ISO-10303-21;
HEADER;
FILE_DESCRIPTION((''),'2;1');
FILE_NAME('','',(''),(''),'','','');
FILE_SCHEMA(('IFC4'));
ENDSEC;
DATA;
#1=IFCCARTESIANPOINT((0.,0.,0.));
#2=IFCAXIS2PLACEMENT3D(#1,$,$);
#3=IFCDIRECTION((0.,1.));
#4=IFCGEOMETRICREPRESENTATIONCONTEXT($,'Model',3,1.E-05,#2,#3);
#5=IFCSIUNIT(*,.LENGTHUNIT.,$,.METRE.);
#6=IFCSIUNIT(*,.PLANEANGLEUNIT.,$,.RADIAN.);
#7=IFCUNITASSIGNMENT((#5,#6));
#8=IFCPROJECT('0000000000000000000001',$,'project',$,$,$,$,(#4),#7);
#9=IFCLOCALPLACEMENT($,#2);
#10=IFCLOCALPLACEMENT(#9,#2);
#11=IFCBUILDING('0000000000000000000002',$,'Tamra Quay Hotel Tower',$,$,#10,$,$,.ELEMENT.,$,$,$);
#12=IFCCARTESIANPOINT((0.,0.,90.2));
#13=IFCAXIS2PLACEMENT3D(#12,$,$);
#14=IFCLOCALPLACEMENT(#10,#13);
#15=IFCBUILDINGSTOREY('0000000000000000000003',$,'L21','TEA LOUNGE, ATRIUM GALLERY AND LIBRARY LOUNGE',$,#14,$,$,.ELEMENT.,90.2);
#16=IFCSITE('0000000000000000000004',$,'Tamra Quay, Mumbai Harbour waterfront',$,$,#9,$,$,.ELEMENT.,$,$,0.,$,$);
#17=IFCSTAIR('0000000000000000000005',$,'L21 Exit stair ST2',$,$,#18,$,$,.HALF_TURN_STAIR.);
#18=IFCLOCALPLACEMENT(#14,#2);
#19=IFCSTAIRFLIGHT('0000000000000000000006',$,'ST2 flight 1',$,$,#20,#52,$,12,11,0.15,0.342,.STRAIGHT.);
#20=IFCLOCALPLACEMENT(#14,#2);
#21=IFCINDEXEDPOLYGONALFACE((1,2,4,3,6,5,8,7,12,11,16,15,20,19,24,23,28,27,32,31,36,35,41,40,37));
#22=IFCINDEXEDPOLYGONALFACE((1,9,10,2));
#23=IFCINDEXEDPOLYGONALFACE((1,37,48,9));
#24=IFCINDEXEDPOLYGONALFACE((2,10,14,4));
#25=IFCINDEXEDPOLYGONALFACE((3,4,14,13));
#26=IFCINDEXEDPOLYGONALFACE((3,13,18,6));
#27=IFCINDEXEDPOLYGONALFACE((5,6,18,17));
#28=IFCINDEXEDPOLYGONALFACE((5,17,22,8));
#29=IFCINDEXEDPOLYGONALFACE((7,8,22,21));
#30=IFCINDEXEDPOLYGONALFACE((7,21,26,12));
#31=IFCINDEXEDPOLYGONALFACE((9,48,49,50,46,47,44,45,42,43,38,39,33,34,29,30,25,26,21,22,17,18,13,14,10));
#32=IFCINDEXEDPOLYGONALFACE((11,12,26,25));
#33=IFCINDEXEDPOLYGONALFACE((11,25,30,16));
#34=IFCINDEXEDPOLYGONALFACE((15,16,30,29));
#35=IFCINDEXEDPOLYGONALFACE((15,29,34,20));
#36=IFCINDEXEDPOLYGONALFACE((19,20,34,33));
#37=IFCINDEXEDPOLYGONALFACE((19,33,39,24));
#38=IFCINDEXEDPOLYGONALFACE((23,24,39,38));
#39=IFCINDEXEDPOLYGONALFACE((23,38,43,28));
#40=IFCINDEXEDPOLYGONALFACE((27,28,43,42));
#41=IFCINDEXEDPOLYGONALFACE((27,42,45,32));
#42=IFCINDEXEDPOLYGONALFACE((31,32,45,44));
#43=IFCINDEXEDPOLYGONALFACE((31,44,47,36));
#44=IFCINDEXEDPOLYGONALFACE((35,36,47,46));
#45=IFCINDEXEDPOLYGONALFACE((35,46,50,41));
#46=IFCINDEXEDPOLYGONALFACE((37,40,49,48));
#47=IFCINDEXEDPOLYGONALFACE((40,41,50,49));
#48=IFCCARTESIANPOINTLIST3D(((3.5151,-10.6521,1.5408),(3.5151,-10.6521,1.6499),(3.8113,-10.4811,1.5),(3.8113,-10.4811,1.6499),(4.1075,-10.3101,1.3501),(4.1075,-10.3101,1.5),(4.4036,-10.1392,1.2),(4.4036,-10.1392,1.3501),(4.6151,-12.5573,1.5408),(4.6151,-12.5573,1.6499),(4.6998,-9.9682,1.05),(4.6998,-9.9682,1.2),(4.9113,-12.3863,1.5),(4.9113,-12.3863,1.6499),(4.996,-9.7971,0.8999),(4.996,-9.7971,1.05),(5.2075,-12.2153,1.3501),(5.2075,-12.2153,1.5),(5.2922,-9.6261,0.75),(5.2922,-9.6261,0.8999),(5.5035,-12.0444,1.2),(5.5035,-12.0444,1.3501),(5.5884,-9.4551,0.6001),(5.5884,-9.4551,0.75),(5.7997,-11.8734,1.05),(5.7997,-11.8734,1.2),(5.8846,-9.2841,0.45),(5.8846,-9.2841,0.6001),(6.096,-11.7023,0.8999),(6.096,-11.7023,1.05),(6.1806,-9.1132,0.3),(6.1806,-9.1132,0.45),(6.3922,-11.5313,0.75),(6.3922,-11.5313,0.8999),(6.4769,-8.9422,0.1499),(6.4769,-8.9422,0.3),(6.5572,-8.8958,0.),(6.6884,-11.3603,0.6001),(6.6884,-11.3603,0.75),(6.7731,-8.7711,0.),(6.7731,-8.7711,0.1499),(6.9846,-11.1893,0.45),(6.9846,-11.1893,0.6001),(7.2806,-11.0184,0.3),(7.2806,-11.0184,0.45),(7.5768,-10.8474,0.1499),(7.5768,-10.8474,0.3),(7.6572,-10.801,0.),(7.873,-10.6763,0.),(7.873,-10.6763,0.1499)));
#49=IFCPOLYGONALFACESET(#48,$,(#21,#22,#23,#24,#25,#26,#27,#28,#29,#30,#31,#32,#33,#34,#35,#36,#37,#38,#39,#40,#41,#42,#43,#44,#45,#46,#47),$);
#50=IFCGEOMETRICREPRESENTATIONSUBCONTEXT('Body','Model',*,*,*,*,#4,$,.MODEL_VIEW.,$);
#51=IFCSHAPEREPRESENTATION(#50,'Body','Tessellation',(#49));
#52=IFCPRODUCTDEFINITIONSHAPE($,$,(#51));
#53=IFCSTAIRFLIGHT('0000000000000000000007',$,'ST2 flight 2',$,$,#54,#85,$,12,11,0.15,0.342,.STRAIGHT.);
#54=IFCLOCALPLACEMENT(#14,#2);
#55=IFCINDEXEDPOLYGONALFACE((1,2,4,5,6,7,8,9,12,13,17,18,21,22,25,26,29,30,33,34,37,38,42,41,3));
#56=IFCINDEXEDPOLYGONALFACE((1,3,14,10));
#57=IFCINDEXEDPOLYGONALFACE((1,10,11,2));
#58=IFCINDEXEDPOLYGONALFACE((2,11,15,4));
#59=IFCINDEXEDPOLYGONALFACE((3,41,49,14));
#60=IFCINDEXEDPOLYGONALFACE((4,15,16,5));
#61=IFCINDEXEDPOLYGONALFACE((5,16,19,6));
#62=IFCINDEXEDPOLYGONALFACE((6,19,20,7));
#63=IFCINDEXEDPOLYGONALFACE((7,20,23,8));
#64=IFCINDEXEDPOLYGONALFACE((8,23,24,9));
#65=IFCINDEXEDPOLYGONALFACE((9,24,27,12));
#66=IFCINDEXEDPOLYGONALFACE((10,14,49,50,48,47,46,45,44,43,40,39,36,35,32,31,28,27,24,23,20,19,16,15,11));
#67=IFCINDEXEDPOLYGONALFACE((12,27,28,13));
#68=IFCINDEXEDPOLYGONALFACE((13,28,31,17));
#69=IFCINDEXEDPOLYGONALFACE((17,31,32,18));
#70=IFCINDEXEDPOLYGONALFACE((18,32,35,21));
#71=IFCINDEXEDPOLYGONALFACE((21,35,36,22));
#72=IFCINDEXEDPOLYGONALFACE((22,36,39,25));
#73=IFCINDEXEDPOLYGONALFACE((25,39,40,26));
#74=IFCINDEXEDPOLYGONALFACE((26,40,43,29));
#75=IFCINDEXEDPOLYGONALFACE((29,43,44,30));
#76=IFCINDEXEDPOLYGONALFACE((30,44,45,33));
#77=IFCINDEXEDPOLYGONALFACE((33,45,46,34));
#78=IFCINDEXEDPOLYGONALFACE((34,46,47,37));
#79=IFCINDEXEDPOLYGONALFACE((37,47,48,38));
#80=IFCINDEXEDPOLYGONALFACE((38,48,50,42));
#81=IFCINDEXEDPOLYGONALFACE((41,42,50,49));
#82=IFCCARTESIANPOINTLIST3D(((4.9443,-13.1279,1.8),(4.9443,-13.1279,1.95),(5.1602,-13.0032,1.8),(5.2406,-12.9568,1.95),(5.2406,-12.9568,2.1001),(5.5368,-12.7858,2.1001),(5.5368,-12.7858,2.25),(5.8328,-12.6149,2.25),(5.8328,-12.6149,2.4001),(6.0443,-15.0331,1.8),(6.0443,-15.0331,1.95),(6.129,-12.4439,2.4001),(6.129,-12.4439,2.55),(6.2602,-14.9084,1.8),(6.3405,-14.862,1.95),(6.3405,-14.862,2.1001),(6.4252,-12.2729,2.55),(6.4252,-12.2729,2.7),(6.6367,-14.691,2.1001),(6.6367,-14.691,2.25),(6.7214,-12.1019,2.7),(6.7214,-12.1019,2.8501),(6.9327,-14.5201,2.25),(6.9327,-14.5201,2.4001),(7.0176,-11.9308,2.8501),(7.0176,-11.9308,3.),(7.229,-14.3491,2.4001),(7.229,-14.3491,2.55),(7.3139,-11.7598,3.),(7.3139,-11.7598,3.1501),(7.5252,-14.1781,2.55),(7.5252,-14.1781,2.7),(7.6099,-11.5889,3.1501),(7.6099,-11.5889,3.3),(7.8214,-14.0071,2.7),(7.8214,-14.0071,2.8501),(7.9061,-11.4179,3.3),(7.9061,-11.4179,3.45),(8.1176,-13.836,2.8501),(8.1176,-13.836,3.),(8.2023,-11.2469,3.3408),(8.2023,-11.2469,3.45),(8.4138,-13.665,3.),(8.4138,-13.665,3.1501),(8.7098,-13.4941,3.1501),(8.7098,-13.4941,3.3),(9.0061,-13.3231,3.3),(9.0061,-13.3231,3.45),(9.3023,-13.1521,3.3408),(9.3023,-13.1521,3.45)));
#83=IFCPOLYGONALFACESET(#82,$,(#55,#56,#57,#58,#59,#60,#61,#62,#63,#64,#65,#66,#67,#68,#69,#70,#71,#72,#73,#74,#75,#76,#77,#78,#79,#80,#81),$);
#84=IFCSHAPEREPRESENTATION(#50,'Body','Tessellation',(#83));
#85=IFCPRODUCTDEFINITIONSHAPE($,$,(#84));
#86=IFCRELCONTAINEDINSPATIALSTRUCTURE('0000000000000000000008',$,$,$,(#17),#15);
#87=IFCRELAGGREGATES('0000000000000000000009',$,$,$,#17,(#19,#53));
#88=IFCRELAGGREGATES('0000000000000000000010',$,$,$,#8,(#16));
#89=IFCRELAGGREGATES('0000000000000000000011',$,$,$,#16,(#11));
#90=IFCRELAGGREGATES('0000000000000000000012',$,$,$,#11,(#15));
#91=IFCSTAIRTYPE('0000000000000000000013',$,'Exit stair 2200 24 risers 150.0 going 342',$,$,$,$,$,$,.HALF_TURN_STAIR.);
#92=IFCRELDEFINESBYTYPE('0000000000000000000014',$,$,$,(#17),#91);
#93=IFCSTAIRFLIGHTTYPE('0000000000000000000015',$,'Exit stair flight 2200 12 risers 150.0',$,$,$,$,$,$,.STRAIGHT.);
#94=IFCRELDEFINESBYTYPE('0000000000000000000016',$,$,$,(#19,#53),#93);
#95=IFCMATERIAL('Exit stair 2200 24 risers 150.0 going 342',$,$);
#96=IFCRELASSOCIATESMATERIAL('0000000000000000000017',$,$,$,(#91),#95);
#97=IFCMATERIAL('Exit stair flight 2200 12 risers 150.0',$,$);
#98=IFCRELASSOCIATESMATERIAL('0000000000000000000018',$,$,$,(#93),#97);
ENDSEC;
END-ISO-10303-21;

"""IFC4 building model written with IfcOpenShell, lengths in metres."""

from ifc_helpers import new_model, si_unit, direction, frame, origin, place, context, subcontext, project, spatial, polyline, outline, extrude, material, type_object, element, aggregate, save


model = new_model("IFC4")

# Units and contexts
model_context = context("Model", 3, precision=1e-05, world=origin(), true_north=direction((0.0, 1.0)))
body_context = subcontext(model_context, "Body", "Model", "MODEL_VIEW")
ifc_project = project(units=[si_unit("LENGTHUNIT", "METRE"), si_unit("PLANEANGLEUNIT", "RADIAN")], contexts=[model_context])

# Site, building, storey
site_placement = place(None, origin())
site = spatial("IfcSite", under=ifc_project, at=site_placement, Name="Tamra Quay, Mumbai Harbour waterfront", CompositionType="ELEMENT", RefElevation=0.0)
building_placement = place(site_placement, origin())
building = spatial("IfcBuilding", under=site, at=building_placement, Name="Tamra Quay Hotel Tower", CompositionType="ELEMENT")
storey_placement = place(building_placement, frame((0.0, 0.0, 90.2)))
storey = spatial("IfcBuildingStorey", under=building, at=storey_placement, Name="L21", Description="TEA LOUNGE, ATRIUM GALLERY AND LIBRARY LOUNGE", CompositionType="ELEMENT", Elevation=90.2)

# Stair, stair flights
ifc_material_1 = material(Name="Exit stair 2200 24 risers 150.0 going 342")
stair_type = type_object("IfcStairType", Name="Exit stair 2200 24 risers 150.0 going 342", PredefinedType="HALF_TURN_STAIR", material=ifc_material_1)
stair_placement = place(storey_placement, origin())
stair = element("IfcStair", 1, at=stair_placement, inside=storey, type_object=stair_type, Name="L21 Exit stair ST2", PredefinedType="HALF_TURN_STAIR")
ifc_material_2 = material(Name="Exit stair flight 2200 12 risers 150.0")
stair_flight_type = type_object("IfcStairFlightType", Name="Exit stair flight 2200 12 risers 150.0", PredefinedType="STRAIGHT", material=ifc_material_2)
stair_flight_1_placement = place(storey_placement, frame((7.323, -9.7236, 0.0), z_axis=(0.0, 0.0, 1.0), x_axis=(-0.866025, -0.5, 0.0)))
stair_flight_1 = element("IfcStairFlight", 2, at=stair_flight_1_placement, type_object=stair_flight_type, Name="ST2 flight 1", NumberOfRisers=12, NumberOfTreads=11, PredefinedType="STRAIGHT", RiserHeight=0.15, TreadLength=0.342, context=body_context, shape_type="SweptSolid", body=[
    extrude(outline(polyline([(0.0, 0.0), (0.0, 0.1499), (0.342, 0.1499), (0.342, 0.3), (0.6841, 0.3), (0.6841, 0.45), (1.0259, 0.45), (1.0259, 0.6001), (1.3679, 0.6001), (1.3679, 0.75), (1.71, 0.75), (1.71, 0.8999), (2.052, 0.8999), (2.052, 1.05), (2.394, 1.05), (2.394, 1.2), (2.7361, 1.2), (2.7361, 1.3501), (3.0779, 1.3501), (3.0779, 1.5), (3.4199, 1.5), (3.4199, 1.6499), (3.762, 1.6499), (3.762, 1.8), (3.762, 1.5408), (0.2493, 0.0), (0.0, 0.0)])), frame((0.0, 1.1001, 0.0), z_axis=(0.0, -1.0, 0.0), x_axis=(1.0, 0.0, 0.0)), (0.0, 0.0, 1.0), 2.2),
])
stair_flight_2_placement = place(storey_placement, frame((5.4944, -14.0806, 1.8), z_axis=(0.0, 0.0, 1.0), x_axis=(0.866025, 0.5, 0.0)))
stair_flight_2 = element("IfcStairFlight", 3, at=stair_flight_2_placement, type_object=stair_flight_type, Name="ST2 flight 2", NumberOfRisers=12, NumberOfTreads=11, PredefinedType="STRAIGHT", RiserHeight=0.15, TreadLength=0.342, context=body_context, shape_type="SweptSolid", body=[
    extrude(outline(polyline([(0.0, 0.0), (0.0, 0.1499), (0.342, 0.1499), (0.342, 0.3), (0.6841, 0.3), (0.6841, 0.45), (1.0259, 0.45), (1.0259, 0.6001), (1.3679, 0.6001), (1.3679, 0.75), (1.71, 0.75), (1.71, 0.8999), (2.052, 0.8999), (2.052, 1.05), (2.394, 1.05), (2.394, 1.2), (2.7361, 1.2), (2.7361, 1.3501), (3.0779, 1.3501), (3.0779, 1.5), (3.4199, 1.5), (3.4199, 1.6499), (3.762, 1.6499), (3.762, 1.8), (3.762, 1.5408), (0.2493, 0.0), (0.0, 0.0)])), frame((0.0, 1.1001, 0.0), z_axis=(0.0, -1.0, 0.0), x_axis=(1.0, 0.0, 0.0)), (0.0, 0.0, 1.0), 2.2),
])
aggregate(stair, [stair_flight_1, stair_flight_2])

save(model, "model.ifc")
